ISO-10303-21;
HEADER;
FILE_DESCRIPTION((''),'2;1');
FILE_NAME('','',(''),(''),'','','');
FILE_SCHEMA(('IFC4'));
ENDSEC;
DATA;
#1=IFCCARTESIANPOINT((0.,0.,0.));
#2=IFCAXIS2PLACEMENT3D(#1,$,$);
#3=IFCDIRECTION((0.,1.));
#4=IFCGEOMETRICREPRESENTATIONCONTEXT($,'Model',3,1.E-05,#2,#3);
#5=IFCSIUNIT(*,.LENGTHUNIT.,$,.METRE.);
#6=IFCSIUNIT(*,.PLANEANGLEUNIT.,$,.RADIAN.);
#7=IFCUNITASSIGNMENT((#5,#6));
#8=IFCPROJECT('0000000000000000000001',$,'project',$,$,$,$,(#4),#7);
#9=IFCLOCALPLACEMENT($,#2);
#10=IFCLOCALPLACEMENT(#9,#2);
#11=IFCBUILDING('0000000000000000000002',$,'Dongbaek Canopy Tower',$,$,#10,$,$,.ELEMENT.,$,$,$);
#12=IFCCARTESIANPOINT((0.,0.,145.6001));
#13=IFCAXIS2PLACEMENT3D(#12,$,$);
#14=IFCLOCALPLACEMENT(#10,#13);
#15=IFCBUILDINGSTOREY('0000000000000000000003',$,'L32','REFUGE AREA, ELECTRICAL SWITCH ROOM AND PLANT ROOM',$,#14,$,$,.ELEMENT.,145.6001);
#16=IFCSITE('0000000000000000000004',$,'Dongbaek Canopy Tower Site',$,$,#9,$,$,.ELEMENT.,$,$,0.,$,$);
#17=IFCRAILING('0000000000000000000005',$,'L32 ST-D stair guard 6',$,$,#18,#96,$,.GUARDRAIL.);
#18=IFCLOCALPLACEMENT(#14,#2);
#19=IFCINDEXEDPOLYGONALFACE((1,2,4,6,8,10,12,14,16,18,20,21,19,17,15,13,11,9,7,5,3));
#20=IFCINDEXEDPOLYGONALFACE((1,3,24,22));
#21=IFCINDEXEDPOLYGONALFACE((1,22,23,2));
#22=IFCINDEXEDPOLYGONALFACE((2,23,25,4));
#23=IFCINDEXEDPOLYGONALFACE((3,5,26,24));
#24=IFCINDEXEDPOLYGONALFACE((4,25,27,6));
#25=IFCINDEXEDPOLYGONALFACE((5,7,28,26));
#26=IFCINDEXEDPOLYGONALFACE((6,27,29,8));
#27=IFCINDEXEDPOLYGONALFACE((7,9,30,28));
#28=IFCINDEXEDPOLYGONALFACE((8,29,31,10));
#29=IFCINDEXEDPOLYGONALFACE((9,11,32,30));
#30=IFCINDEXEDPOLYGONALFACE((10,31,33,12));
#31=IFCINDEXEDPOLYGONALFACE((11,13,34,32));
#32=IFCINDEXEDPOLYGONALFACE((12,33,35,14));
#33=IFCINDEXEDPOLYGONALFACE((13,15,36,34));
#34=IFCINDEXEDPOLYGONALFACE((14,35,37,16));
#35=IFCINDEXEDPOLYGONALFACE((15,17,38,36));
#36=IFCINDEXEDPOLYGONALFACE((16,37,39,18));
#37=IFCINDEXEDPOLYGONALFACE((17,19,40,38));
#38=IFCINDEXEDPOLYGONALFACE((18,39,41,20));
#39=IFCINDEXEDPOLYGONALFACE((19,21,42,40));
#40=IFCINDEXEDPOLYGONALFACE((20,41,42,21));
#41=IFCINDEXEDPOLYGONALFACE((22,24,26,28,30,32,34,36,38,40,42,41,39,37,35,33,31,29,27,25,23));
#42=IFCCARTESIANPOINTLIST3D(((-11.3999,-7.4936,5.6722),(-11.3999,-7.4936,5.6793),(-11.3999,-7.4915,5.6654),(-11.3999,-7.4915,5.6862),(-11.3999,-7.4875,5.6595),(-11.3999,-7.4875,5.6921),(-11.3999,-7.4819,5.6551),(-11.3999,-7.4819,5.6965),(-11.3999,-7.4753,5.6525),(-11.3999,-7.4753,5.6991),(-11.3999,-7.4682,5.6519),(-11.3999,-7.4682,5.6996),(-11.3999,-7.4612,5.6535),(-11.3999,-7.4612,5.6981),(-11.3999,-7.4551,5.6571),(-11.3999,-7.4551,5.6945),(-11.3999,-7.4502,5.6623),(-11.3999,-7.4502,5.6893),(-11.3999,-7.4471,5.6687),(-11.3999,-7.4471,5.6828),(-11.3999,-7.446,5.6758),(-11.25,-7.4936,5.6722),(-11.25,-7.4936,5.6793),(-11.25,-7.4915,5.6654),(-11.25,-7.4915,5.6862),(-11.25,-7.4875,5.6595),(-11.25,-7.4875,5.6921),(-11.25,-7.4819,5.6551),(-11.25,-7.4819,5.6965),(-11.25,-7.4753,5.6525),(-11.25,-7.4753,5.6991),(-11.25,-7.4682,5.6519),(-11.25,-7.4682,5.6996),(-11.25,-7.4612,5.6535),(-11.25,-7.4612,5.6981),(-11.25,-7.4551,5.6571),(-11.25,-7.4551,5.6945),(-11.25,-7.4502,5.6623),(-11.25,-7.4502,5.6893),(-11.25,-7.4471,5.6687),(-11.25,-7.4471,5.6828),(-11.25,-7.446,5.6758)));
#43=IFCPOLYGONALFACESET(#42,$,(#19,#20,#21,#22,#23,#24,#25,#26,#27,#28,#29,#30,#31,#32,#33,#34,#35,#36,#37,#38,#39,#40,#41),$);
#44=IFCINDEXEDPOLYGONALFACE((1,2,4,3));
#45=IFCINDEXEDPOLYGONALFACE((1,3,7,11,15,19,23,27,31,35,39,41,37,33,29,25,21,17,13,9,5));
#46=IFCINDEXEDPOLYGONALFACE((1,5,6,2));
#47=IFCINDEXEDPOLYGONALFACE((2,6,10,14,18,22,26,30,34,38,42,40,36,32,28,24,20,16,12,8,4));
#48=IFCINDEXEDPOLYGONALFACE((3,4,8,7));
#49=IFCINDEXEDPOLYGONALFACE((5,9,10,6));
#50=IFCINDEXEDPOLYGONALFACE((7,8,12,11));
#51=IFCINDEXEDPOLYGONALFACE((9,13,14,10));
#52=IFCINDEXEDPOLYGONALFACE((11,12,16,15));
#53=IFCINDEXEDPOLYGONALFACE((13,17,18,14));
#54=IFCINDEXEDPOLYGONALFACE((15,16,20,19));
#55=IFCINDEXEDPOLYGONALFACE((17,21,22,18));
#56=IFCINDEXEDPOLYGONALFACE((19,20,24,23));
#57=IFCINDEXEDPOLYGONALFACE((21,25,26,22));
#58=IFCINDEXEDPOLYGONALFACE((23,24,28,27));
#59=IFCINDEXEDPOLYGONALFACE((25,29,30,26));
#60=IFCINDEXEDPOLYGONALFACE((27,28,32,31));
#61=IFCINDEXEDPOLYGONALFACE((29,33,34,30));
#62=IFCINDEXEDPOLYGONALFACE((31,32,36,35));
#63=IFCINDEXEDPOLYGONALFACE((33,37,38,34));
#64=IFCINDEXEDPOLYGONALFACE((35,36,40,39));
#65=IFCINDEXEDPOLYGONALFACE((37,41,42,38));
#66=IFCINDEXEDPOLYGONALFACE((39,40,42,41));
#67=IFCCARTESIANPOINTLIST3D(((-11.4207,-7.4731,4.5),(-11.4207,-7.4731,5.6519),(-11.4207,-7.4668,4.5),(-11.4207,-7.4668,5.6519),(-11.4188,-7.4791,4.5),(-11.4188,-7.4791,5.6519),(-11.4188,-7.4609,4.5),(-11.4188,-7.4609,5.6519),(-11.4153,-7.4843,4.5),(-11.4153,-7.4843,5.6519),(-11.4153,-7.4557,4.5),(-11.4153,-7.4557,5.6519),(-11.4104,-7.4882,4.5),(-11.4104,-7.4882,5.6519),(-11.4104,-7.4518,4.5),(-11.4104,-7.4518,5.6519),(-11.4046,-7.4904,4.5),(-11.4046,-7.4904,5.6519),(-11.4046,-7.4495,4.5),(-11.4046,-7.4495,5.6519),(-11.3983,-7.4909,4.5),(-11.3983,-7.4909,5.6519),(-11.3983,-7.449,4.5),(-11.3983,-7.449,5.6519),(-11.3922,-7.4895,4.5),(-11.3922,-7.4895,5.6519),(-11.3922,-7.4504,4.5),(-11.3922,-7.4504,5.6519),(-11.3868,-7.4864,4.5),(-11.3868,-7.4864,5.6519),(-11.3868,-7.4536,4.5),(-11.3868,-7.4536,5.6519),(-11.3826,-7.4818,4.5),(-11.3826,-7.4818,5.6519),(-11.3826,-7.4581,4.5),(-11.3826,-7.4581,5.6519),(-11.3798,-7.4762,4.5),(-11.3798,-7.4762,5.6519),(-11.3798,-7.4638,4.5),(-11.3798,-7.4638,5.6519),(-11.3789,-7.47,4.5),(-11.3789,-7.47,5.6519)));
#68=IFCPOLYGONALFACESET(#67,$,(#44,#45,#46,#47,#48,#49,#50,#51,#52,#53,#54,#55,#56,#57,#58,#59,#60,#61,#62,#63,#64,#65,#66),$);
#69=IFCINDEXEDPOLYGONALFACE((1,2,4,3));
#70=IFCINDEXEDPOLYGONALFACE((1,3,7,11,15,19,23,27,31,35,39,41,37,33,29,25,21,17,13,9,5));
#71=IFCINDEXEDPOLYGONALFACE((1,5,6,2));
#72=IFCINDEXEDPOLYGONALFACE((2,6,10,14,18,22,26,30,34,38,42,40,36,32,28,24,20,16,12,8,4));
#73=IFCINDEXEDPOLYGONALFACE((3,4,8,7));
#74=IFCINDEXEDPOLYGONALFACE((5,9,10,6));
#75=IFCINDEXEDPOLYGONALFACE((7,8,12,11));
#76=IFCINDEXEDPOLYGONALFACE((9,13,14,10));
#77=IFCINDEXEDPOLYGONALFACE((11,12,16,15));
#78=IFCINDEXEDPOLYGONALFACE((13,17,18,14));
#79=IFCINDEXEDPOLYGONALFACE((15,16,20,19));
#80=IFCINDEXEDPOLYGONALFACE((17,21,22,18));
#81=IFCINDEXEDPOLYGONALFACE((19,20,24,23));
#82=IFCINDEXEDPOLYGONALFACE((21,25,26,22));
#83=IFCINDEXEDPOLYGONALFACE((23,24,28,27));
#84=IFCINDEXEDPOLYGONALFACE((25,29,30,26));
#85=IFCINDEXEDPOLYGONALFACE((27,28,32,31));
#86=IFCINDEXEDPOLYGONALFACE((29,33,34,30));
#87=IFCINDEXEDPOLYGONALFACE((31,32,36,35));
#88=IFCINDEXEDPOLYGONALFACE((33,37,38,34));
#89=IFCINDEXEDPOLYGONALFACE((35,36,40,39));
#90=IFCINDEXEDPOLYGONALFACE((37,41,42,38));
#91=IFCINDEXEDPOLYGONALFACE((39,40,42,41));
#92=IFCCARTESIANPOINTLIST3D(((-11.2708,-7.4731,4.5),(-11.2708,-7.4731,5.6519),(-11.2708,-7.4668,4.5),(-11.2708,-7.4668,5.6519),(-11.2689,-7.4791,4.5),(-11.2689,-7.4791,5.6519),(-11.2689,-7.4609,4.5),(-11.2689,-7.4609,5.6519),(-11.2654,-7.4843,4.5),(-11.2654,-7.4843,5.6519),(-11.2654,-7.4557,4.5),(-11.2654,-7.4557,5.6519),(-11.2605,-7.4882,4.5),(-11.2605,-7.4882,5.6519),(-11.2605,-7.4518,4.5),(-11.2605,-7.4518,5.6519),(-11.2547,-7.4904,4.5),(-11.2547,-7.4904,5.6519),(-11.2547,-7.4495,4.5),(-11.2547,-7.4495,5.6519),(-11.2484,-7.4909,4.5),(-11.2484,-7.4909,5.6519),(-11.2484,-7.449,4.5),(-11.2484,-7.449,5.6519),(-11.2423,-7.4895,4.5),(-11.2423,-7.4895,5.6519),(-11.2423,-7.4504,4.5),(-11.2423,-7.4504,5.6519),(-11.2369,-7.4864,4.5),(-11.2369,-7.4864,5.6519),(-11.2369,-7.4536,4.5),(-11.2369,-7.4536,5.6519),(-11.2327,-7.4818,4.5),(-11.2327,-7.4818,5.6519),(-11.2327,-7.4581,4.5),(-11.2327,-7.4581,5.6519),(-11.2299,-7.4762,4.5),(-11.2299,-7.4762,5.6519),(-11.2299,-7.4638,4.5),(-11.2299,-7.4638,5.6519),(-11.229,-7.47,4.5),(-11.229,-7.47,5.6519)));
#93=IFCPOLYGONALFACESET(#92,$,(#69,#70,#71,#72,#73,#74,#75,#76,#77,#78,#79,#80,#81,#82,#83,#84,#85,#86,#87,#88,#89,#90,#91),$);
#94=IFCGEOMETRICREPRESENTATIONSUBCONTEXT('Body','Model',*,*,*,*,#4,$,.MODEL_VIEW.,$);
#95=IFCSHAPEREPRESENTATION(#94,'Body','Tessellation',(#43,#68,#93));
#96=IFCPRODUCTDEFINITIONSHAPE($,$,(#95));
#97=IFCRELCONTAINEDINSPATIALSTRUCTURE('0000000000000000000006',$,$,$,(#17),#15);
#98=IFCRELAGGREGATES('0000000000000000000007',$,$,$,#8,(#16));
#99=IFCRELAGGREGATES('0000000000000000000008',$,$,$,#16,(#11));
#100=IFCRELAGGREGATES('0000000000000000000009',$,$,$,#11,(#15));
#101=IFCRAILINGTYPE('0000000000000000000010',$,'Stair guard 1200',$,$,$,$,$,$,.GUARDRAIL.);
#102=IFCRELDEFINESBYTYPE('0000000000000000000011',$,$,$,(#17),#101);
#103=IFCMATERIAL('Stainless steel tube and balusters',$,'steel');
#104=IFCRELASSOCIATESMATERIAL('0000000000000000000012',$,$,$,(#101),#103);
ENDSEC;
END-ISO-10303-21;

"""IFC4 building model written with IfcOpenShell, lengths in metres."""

from ifc_helpers import new_model, si_unit, direction, frame, origin, origin_2d, place, context, subcontext, project, spatial, circle, extrude, material, type_object, element, save


model = new_model("IFC4")

# Units and contexts
model_context = context("Model", 3, precision=1e-05, world=origin(), true_north=direction((0.0, 1.0)))
body_context = subcontext(model_context, "Body", "Model", "MODEL_VIEW")
ifc_project = project(units=[si_unit("LENGTHUNIT", "METRE"), si_unit("PLANEANGLEUNIT", "RADIAN")], contexts=[model_context])

# Site, building, storey
site_placement = place(None, origin())
site = spatial("IfcSite", under=ifc_project, at=site_placement, Name="Dongbaek Canopy Tower Site", CompositionType="ELEMENT", RefElevation=0.0)
building_placement = place(site_placement, origin())
building = spatial("IfcBuilding", under=site, at=building_placement, Name="Dongbaek Canopy Tower", CompositionType="ELEMENT")
storey_placement = place(building_placement, frame((0.0, 0.0, 145.6001)))
storey = spatial("IfcBuildingStorey", under=building, at=storey_placement, Name="L32", Description="REFUGE AREA, ELECTRICAL SWITCH ROOM AND PLANT ROOM", CompositionType="ELEMENT", Elevation=145.6001)

# Railing
ifc_material_1 = material(Name="Stainless steel tube and balusters", Category="steel")
railing_type_1 = type_object("IfcRailingType", Name="Stair guard 1200", PredefinedType="GUARDRAIL", material=ifc_material_1)
railing_1_placement = place(storey_placement, frame((-11.3999, -7.47, 4.5)))
element("IfcRailing", 1, at=railing_1_placement, inside=storey, type_object=railing_type_1, Name="L32 ST-D stair guard 6", PredefinedType="GUARDRAIL", context=body_context, shape_type="SweptSolid", body=[
    extrude(circle(Radius=0.0239, at=origin_2d()), frame((0.0, 0.0, 1.1758), z_axis=(1.0, 0.0, 0.0), x_axis=(0.0, 1.0, 0.0)), (0.0, 0.0, 1.0), 0.1499),
    extrude(circle(Radius=0.021, at=origin_2d()), origin(), (0.0, 0.0, 1.0), 1.1519),
    extrude(circle(Radius=0.021, at=origin_2d()), frame((0.1499, 0.0, 0.0)), (0.0, 0.0, 1.0), 1.1519),
])

save(model, "model.ifc")
